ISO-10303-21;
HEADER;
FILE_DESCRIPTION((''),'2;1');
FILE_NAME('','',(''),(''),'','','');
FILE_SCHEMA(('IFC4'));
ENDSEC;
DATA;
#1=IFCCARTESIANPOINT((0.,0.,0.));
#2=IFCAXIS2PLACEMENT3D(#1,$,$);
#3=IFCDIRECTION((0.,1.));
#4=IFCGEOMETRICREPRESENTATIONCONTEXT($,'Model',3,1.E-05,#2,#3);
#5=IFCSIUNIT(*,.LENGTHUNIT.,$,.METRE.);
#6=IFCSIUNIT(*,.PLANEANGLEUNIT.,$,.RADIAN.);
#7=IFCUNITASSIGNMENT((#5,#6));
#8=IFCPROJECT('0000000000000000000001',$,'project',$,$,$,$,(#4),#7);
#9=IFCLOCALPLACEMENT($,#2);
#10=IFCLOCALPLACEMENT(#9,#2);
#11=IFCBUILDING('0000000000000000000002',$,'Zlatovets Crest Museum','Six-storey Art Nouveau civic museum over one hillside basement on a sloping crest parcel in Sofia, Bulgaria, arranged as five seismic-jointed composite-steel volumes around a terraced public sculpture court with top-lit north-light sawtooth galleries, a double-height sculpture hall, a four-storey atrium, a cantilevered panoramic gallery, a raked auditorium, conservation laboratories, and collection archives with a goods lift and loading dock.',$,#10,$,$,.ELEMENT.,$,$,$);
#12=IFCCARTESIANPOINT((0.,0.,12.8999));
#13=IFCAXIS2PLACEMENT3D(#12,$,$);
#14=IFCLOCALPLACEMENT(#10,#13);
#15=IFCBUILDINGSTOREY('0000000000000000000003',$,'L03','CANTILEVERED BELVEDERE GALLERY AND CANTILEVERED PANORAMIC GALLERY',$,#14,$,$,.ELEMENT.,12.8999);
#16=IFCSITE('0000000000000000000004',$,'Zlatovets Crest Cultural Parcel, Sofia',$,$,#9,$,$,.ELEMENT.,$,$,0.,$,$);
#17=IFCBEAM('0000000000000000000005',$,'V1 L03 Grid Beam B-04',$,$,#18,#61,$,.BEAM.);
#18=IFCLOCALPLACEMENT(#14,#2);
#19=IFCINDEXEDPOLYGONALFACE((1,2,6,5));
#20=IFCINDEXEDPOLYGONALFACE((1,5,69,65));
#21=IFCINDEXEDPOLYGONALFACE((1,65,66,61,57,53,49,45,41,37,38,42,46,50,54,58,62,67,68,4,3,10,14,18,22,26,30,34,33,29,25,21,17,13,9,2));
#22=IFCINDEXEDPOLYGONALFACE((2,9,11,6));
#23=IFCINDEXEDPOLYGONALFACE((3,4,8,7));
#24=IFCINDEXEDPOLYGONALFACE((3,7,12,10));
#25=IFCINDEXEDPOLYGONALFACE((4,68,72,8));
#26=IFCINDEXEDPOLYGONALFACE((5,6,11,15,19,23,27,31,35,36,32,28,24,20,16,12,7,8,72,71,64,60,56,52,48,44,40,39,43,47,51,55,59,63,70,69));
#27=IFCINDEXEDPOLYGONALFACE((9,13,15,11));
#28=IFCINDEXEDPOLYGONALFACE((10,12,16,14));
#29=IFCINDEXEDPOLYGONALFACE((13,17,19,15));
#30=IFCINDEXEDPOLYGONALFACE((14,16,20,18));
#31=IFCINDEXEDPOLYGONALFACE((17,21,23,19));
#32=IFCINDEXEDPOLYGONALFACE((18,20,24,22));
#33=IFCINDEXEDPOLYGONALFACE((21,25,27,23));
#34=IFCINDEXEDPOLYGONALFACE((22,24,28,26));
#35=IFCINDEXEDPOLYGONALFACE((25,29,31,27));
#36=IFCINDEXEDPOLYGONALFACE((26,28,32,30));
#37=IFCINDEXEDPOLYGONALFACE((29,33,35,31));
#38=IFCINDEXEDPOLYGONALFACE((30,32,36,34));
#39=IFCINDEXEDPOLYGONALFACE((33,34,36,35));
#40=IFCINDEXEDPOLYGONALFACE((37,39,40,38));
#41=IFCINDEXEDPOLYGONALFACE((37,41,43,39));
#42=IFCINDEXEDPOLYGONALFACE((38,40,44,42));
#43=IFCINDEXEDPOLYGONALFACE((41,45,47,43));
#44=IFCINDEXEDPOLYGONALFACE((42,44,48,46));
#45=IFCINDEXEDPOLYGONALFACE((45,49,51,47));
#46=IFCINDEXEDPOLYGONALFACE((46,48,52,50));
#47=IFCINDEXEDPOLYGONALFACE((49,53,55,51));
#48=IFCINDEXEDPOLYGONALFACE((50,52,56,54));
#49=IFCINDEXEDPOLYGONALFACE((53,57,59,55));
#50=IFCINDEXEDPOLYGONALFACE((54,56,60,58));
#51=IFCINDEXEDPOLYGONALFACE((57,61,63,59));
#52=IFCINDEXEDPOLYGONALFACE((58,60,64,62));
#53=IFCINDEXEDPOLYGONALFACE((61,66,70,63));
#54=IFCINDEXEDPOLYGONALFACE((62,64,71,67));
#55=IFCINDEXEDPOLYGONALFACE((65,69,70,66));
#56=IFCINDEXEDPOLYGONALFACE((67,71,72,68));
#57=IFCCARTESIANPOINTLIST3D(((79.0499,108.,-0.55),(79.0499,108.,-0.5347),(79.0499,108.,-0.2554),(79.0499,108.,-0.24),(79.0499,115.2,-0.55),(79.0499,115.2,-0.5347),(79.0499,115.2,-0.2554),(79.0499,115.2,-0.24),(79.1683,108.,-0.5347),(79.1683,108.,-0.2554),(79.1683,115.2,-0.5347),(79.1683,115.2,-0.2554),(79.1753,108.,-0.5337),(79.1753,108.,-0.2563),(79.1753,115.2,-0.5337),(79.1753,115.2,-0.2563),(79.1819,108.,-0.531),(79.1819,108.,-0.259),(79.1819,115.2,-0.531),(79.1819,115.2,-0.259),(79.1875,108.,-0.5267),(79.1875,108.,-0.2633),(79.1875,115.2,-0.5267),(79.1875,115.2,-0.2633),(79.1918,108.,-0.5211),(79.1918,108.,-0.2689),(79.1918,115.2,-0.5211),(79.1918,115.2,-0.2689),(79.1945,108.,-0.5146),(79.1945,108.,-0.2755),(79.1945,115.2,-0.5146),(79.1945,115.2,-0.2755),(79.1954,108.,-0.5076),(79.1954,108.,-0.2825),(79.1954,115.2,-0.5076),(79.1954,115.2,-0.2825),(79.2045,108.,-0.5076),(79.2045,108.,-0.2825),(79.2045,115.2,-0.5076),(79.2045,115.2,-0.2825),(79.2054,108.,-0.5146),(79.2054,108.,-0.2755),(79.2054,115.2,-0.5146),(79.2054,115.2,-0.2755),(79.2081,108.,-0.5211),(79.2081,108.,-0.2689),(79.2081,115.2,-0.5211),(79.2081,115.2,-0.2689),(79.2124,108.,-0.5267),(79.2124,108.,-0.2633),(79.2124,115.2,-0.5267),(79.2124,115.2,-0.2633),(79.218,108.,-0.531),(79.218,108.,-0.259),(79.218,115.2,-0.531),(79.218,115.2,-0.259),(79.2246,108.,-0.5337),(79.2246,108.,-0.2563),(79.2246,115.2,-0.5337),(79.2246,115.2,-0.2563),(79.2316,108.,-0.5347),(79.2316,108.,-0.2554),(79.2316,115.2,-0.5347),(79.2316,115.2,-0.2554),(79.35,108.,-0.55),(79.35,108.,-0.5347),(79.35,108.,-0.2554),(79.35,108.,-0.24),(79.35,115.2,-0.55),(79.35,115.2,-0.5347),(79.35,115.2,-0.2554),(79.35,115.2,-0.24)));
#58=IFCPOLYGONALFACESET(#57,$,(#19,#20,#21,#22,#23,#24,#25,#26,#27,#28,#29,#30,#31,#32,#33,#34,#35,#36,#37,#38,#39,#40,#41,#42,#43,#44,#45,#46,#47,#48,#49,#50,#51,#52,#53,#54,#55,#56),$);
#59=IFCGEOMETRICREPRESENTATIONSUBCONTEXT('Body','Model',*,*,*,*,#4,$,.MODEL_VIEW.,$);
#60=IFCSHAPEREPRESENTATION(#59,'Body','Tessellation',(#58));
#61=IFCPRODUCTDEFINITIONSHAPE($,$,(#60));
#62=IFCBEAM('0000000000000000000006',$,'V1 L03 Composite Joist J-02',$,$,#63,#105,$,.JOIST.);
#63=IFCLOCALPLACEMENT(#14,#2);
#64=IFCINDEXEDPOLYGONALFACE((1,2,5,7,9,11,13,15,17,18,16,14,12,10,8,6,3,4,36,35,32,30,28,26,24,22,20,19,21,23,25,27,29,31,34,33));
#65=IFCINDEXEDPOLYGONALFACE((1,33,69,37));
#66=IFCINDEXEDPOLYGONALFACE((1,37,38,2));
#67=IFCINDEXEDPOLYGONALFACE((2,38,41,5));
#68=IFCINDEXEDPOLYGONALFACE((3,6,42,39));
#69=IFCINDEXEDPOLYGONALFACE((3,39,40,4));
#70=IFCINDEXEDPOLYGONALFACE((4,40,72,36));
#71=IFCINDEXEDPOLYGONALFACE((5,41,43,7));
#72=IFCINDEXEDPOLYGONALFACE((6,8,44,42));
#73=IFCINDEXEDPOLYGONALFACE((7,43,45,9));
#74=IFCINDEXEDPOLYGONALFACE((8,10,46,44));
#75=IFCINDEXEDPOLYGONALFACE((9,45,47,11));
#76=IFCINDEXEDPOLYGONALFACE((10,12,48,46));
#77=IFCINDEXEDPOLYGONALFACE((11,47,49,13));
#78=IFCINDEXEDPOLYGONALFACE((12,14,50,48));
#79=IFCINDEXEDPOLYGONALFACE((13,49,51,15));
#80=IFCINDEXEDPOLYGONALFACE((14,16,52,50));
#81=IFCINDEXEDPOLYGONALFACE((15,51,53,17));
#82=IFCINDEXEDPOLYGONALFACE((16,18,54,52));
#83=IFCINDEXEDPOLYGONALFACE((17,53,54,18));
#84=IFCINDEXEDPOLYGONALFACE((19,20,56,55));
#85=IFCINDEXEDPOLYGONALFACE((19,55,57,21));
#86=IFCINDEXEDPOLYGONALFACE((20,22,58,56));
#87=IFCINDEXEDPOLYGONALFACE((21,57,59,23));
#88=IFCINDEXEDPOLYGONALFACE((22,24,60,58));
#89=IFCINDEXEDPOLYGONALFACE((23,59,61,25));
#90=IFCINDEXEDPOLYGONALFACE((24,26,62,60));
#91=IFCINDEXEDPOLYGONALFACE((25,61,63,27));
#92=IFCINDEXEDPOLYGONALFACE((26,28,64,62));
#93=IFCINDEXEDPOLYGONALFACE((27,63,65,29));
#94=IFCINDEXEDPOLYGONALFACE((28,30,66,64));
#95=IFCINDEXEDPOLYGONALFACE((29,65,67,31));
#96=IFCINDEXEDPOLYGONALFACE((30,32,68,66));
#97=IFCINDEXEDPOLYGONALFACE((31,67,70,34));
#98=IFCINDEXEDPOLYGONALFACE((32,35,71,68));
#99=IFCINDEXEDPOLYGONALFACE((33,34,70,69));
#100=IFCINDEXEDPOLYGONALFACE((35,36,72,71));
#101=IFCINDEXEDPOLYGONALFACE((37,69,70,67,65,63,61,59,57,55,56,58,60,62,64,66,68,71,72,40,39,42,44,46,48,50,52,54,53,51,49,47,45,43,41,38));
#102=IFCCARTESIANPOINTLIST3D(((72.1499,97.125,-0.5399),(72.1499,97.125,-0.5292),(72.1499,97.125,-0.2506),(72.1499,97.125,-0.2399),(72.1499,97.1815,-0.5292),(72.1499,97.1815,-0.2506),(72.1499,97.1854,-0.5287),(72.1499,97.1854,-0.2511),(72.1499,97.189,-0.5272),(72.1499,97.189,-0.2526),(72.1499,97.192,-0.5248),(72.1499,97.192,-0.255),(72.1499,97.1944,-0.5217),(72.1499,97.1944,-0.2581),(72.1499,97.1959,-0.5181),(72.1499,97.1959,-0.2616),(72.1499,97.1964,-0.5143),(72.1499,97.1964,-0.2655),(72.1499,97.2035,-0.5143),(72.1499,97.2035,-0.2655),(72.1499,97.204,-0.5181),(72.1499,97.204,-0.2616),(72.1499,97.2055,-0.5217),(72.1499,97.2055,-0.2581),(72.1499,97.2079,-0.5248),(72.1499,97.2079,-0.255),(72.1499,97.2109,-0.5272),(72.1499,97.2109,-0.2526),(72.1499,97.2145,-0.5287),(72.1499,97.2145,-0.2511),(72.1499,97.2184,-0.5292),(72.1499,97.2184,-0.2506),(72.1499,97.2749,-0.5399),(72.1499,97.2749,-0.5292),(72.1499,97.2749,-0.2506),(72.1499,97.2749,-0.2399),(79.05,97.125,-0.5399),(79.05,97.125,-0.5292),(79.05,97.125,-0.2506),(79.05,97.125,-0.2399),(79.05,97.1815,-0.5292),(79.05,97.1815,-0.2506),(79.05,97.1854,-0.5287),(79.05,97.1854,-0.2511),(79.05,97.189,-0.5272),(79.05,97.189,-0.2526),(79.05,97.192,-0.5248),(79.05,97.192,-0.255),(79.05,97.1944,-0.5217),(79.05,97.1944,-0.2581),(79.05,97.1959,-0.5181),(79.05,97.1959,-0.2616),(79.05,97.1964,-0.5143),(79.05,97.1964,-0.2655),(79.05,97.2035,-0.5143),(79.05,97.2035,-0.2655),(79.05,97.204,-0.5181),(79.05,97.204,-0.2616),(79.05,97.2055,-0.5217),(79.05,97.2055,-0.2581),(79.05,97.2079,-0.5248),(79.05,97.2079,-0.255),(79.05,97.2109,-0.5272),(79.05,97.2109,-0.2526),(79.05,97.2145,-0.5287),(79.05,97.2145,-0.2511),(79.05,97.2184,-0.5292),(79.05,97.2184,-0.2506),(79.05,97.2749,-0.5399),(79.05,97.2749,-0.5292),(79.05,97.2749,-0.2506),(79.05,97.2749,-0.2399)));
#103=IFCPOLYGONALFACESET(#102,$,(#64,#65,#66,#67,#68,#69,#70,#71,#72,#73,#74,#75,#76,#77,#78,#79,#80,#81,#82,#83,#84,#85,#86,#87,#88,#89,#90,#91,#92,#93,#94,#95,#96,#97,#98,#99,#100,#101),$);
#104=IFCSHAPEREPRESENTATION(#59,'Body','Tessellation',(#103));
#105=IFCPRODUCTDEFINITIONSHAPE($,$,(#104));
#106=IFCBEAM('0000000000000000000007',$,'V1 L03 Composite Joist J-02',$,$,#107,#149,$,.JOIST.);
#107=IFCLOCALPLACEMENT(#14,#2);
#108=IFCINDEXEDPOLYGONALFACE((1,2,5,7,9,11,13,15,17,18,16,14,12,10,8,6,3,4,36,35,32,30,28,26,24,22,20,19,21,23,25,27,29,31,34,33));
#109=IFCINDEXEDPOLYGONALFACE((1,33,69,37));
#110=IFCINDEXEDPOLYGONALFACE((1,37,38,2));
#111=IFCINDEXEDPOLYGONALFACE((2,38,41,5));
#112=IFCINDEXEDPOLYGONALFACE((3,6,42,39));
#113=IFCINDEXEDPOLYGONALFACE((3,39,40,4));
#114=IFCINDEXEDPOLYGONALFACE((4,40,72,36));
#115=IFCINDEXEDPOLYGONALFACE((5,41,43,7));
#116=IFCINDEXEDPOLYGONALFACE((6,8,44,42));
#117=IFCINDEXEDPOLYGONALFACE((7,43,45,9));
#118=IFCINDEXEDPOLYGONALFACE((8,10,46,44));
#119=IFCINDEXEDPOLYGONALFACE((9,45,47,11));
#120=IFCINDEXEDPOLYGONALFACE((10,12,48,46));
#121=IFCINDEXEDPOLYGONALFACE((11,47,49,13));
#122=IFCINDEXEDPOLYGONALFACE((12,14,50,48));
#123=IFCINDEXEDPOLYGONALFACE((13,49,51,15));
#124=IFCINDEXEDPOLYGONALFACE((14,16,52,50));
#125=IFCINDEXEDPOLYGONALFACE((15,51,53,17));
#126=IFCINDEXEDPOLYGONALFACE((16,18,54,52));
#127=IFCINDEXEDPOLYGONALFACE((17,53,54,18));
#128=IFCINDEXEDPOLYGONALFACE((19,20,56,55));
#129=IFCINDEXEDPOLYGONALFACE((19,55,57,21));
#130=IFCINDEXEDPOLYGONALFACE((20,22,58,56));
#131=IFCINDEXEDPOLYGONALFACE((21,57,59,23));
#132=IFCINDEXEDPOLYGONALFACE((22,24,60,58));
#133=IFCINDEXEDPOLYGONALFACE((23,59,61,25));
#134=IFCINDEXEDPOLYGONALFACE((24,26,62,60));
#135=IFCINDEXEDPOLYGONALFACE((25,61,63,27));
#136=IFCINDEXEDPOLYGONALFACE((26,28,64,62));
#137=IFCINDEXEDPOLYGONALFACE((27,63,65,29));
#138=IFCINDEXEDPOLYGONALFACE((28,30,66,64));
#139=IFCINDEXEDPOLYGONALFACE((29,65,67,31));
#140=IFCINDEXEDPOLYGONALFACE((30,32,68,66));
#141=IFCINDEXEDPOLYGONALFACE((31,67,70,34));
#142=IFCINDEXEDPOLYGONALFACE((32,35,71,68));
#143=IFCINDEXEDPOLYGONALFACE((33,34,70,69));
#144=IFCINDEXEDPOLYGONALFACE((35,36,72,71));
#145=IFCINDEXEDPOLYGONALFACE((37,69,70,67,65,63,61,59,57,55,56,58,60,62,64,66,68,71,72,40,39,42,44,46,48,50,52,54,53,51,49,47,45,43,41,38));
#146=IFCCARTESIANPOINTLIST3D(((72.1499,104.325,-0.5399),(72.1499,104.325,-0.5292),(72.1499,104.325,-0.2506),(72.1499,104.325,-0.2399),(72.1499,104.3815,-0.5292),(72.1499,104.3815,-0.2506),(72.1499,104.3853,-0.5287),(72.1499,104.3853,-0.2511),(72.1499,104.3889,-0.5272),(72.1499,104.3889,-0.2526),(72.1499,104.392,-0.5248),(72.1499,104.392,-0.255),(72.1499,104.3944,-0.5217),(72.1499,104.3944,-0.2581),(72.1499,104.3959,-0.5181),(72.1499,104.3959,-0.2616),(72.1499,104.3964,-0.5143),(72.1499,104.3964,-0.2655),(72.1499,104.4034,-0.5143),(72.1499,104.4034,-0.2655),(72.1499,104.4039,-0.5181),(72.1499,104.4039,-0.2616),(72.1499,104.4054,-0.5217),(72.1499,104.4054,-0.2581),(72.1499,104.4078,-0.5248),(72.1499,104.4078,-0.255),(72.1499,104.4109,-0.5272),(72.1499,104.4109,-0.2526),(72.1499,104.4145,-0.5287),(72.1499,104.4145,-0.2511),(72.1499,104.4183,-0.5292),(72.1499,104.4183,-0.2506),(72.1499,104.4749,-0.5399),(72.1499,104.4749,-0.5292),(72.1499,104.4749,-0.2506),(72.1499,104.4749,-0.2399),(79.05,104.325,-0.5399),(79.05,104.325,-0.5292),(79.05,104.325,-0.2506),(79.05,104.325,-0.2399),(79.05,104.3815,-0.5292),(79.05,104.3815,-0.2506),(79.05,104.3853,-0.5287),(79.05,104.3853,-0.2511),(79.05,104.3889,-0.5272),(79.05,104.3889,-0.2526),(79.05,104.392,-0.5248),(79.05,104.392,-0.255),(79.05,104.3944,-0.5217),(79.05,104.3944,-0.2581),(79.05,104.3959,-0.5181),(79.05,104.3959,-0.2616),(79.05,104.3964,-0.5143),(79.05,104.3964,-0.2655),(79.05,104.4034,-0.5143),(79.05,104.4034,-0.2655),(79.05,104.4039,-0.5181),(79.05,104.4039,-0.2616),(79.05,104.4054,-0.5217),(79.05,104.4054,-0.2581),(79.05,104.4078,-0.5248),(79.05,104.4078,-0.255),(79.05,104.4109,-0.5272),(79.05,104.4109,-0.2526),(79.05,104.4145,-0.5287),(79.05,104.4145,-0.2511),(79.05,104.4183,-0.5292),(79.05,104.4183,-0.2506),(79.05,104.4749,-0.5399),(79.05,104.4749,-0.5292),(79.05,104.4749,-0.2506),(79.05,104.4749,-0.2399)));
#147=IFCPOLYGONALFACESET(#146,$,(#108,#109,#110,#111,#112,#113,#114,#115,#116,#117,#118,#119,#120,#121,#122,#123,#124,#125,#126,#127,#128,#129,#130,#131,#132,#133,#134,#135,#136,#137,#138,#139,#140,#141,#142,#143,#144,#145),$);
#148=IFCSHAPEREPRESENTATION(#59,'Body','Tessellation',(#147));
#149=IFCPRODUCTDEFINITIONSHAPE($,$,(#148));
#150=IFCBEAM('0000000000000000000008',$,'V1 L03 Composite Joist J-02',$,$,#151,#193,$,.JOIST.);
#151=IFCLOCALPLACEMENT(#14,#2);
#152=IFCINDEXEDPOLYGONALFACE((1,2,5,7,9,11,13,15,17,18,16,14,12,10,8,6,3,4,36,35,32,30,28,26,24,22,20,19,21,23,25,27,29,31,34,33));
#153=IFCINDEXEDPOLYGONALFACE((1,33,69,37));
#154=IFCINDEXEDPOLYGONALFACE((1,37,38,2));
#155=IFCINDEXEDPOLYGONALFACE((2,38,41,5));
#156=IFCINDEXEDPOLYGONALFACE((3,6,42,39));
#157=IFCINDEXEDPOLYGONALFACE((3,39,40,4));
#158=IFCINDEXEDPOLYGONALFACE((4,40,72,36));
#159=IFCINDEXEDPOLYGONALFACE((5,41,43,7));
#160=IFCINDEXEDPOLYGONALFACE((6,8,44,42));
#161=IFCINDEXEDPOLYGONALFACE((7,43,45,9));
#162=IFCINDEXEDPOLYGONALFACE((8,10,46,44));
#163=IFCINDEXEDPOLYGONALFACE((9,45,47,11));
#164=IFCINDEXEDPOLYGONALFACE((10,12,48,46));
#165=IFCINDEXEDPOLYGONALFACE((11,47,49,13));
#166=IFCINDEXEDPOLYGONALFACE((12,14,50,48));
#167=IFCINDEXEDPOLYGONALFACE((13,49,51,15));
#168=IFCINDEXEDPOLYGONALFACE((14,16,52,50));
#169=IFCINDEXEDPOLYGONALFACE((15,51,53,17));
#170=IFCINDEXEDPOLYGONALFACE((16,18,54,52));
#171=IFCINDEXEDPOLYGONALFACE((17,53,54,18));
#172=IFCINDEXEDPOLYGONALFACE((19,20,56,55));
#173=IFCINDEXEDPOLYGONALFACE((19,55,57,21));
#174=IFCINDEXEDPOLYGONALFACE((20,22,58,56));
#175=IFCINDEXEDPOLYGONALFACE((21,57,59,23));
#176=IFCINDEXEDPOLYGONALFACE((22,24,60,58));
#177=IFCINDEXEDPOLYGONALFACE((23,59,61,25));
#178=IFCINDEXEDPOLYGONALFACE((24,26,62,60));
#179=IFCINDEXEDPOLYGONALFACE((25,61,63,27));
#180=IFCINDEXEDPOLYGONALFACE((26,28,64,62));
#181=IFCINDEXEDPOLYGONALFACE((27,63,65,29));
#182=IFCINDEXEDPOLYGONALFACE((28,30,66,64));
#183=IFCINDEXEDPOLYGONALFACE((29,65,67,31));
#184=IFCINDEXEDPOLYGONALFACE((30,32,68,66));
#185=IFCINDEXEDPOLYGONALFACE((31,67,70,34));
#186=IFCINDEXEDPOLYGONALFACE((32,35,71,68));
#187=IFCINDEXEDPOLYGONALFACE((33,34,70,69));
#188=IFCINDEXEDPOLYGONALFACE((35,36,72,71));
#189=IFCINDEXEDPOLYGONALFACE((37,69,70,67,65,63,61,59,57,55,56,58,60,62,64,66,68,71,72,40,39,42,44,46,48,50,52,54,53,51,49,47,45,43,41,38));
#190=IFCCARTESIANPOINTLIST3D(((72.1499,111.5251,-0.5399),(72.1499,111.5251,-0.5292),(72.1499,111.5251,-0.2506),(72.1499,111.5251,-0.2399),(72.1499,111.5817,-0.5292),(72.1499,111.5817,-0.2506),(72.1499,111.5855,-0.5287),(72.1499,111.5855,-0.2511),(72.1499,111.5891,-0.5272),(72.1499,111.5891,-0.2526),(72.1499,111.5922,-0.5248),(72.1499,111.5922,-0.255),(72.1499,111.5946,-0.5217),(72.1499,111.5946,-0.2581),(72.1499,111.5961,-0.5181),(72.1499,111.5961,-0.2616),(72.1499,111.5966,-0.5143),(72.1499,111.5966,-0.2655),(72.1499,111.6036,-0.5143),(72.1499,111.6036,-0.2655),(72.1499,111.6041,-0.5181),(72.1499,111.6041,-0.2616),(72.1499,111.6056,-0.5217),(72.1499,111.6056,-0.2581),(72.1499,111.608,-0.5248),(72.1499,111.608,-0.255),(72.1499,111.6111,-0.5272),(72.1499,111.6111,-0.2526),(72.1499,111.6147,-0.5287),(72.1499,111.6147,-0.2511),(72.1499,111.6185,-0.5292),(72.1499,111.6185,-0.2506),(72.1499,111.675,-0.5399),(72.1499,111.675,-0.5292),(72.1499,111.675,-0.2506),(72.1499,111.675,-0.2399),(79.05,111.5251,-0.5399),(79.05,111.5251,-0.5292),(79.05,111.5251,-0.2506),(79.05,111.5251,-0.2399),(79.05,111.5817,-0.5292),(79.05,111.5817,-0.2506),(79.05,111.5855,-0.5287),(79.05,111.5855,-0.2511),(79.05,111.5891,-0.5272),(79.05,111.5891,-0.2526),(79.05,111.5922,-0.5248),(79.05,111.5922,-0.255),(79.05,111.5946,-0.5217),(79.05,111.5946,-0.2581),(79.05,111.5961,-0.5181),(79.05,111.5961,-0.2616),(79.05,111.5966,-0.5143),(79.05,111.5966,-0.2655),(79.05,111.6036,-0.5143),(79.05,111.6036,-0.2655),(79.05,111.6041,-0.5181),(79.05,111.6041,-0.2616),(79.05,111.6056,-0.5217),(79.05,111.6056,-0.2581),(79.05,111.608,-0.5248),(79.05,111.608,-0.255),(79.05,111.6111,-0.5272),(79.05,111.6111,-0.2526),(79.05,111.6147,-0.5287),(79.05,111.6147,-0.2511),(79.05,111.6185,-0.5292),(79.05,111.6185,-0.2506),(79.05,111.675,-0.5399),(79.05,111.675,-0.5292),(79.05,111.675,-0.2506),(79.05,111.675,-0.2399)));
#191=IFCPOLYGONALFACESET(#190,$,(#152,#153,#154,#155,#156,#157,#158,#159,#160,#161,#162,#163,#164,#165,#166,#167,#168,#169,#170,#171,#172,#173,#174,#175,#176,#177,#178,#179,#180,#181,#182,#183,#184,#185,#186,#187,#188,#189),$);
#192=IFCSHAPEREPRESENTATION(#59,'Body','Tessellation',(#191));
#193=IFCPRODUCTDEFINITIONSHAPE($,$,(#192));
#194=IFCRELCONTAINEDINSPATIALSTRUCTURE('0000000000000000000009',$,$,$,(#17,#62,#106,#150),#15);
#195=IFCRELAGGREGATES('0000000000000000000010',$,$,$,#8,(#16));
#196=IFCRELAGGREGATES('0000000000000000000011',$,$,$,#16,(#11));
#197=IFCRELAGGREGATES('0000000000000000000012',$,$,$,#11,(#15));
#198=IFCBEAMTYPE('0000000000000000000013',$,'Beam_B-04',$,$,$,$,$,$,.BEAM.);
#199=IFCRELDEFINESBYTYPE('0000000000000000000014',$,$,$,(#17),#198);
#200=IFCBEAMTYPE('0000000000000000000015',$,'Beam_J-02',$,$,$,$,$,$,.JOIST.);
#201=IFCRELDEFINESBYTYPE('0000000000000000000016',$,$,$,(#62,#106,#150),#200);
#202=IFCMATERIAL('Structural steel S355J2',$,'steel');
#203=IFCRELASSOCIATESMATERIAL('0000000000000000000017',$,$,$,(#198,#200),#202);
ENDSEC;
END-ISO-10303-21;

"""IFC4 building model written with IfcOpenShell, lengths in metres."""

from ifc_helpers import new_model, si_unit, direction, frame, origin, origin_2d, place, context, subcontext, project, spatial, i_section, extrude, material, material_profile, profile_set, type_object, element, save


model = new_model("IFC4")

# Units and contexts
model_context = context("Model", 3, precision=1e-05, world=origin(), true_north=direction((0.0, 1.0)))
body_context = subcontext(model_context, "Body", "Model", "MODEL_VIEW")
ifc_project = project(units=[si_unit("LENGTHUNIT", "METRE"), si_unit("PLANEANGLEUNIT", "RADIAN")], contexts=[model_context])

# Site, building, storey
site_placement = place(None, origin())
site = spatial("IfcSite", under=ifc_project, at=site_placement, Name="Zlatovets Crest Cultural Parcel, Sofia", CompositionType="ELEMENT", RefElevation=0.0)
building_placement = place(site_placement, origin())
building = spatial("IfcBuilding", under=site, at=building_placement, Name="Zlatovets Crest Museum", Description="Six-storey Art Nouveau civic museum over one hillside basement on a sloping crest parcel in Sofia, Bulgaria, arranged as five seismic-jointed composite-steel volumes around a terraced public sculpture court with top-lit north-light sawtooth galleries, a double-height sculpture hall, a four-storey atrium, a cantilevered panoramic gallery, a raked auditorium, conservation laboratories, and collection archives with a goods lift and loading dock.", CompositionType="ELEMENT")
storey_placement = place(building_placement, frame((0.0, 0.0, 12.8999)))
storey = spatial("IfcBuildingStorey", under=building, at=storey_placement, Name="L03", Description="CANTILEVERED BELVEDERE GALLERY AND CANTILEVERED PANORAMIC GALLERY", CompositionType="ELEMENT", Elevation=12.8999)

# Shared definitions
ifc_material_1 = material(Name="Structural steel S355J2", Category="steel")

# Beams
ifc_material_profile_1 = material_profile(ifc_material_1, i_section(OverallWidth=0.3, OverallDepth=0.3101, WebThickness=0.009, FlangeThickness=0.0154, FilletRadius=0.0271, at=origin_2d()), Name="HEA 320")
ifc_profile_set_1 = profile_set([ifc_material_profile_1], Name="Structural steel S355J2")
beam_type_1 = type_object("IfcBeamType", Name="Beam_B-04", PredefinedType="BEAM", material=ifc_profile_set_1)
for number, where, z_axis, x_axis, name in (
    (1, (79.2, 108.0, -0.395), (0.0, 1.0, 0.0), (-1.0, 0.0, 0.0), "V1 L03 Grid Beam B-04"),
):
    element("IfcBeam", number, at=place(storey_placement, frame(where, z_axis=z_axis, x_axis=x_axis)), inside=storey, type_object=beam_type_1, Name=name, PredefinedType="BEAM", context=body_context, shape_type="SweptSolid", body=[
        extrude(i_section(OverallWidth=0.3, OverallDepth=0.3101, WebThickness=0.009, FlangeThickness=0.0154, FilletRadius=0.0271, at=origin_2d()), origin(), (0.0, 0.0, 1.0), 7.2),
    ])
ifc_material_profile_2 = material_profile(ifc_material_1, i_section(OverallWidth=0.1499, OverallDepth=0.3, WebThickness=0.0071, FlangeThickness=0.0107, FilletRadius=0.0149, at=origin_2d()), Name="IPE 300")
ifc_profile_set_2 = profile_set([ifc_material_profile_2], Name="Structural steel S355J2")
beam_type_2 = type_object("IfcBeamType", Name="Beam_J-02", PredefinedType="JOIST", material=ifc_profile_set_2)
for number, where, z_axis, x_axis, name in (
    (2, (72.1499, 97.2, -0.3899), (1.0, 0.0, 0.0), (0.0, 1.0, 0.0), "V1 L03 Composite Joist J-02"),
    (3, (72.1499, 104.3999, -0.3899), (1.0, 0.0, 0.0), (0.0, 1.0, 0.0), "V1 L03 Composite Joist J-02"),
    (4, (72.1499, 111.6001, -0.3899), (1.0, 0.0, 0.0), (0.0, 1.0, 0.0), "V1 L03 Composite Joist J-02"),
):
    element("IfcBeam", number, at=place(storey_placement, frame(where, z_axis=z_axis, x_axis=x_axis)), inside=storey, type_object=beam_type_2, Name=name, PredefinedType="JOIST", context=body_context, shape_type="SweptSolid", body=[
        extrude(i_section(OverallWidth=0.1499, OverallDepth=0.3, WebThickness=0.0071, FlangeThickness=0.0107, FilletRadius=0.0149, at=origin_2d()), origin(), (0.0, 0.0, 1.0), 6.9001),
    ])

save(model, "model.ifc")
